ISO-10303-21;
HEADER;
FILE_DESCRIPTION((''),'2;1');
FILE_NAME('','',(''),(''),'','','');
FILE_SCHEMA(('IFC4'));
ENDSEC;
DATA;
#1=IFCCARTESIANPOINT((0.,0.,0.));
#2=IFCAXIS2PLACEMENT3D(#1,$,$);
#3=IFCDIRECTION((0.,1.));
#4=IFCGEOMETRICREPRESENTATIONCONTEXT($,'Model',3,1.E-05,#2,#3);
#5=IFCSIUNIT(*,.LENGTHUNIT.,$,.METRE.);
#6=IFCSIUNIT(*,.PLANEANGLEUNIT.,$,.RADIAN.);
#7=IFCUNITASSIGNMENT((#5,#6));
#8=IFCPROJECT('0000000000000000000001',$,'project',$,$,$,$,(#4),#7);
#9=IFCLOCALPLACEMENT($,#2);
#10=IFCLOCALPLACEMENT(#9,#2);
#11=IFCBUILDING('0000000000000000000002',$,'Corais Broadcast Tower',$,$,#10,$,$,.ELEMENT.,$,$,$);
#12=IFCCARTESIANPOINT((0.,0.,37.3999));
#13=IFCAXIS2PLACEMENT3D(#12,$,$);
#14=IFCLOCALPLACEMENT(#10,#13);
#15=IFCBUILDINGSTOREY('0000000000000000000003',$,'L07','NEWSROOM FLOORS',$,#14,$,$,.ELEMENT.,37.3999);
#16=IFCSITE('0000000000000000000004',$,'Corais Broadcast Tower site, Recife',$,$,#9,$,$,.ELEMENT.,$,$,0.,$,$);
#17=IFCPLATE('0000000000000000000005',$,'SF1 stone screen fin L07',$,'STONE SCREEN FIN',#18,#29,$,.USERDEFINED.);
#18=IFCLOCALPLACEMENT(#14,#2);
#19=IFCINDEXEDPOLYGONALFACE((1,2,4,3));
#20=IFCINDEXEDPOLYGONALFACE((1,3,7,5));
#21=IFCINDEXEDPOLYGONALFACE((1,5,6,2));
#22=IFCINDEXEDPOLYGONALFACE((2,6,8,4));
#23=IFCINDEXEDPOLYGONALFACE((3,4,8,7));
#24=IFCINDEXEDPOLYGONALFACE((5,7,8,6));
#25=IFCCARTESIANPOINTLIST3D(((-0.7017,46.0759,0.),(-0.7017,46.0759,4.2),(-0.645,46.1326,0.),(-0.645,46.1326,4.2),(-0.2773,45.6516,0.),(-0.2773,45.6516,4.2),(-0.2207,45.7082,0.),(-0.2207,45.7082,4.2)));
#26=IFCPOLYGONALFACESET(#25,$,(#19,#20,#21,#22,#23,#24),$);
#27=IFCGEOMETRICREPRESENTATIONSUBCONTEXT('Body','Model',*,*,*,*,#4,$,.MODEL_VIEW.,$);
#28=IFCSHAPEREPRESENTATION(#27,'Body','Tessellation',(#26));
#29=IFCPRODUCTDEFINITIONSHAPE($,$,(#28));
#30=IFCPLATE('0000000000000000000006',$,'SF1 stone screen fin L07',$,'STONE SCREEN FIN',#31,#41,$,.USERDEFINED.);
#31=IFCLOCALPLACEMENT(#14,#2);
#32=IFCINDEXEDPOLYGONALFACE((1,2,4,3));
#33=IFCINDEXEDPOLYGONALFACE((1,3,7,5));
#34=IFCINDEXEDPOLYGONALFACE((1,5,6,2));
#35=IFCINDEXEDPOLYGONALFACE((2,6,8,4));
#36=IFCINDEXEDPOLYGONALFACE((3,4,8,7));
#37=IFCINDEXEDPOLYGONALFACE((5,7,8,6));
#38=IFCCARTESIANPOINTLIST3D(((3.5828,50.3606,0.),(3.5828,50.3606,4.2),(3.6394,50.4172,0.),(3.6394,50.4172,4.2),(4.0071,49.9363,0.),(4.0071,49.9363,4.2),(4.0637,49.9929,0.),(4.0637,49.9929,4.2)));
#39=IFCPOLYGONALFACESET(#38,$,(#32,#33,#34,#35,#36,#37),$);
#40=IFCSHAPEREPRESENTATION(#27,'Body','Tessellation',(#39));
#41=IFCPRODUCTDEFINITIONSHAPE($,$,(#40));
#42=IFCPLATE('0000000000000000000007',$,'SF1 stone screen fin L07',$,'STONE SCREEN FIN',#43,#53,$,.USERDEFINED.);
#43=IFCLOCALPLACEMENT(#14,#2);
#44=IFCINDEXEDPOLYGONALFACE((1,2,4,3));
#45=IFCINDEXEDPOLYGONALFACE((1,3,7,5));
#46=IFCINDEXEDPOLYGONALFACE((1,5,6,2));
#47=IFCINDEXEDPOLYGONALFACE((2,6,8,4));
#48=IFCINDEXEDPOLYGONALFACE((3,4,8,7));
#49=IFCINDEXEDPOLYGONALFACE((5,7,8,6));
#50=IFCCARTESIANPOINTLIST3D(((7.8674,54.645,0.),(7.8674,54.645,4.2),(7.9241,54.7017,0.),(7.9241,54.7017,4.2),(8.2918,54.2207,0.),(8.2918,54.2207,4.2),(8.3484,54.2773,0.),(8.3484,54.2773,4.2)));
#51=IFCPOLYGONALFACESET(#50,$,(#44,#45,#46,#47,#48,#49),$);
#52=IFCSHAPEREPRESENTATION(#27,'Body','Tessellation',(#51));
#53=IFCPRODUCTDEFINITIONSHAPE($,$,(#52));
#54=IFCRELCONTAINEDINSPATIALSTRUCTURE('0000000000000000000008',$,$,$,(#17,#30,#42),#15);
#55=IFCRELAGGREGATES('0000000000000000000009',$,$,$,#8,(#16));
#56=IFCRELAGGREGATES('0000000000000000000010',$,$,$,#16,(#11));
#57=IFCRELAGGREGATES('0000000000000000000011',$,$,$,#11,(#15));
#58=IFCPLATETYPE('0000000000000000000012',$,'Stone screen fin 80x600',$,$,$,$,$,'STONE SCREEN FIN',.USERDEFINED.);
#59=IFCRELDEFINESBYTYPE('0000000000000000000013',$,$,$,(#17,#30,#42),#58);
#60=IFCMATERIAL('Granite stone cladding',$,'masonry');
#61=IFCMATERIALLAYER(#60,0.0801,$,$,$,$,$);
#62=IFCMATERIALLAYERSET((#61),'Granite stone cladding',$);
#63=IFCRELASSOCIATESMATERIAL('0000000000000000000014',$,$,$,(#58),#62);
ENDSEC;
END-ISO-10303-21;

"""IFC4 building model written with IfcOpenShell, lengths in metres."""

from ifc_helpers import new_model, si_unit, direction, frame, origin, origin_2d, place, context, subcontext, project, spatial, rectangle, extrude, material, layer, layer_set, type_object, element, save


model = new_model("IFC4")

# Units and contexts
model_context = context("Model", 3, precision=1e-05, world=origin(), true_north=direction((0.0, 1.0)))
body_context = subcontext(model_context, "Body", "Model", "MODEL_VIEW")
ifc_project = project(units=[si_unit("LENGTHUNIT", "METRE"), si_unit("PLANEANGLEUNIT", "RADIAN")], contexts=[model_context])

# Site, building, storey
site_placement = place(None, origin())
site = spatial("IfcSite", under=ifc_project, at=site_placement, Name="Corais Broadcast Tower site, Recife", CompositionType="ELEMENT", RefElevation=0.0)
building_placement = place(site_placement, origin())
building = spatial("IfcBuilding", under=site, at=building_placement, Name="Corais Broadcast Tower", CompositionType="ELEMENT")
storey_placement = place(building_placement, frame((0.0, 0.0, 37.3999)))
storey = spatial("IfcBuildingStorey", under=building, at=storey_placement, Name="L07", Description="NEWSROOM FLOORS", CompositionType="ELEMENT", Elevation=37.3999)

# Plates
ifc_material_1 = material(Name="Granite stone cladding", Category="masonry")
ifc_layer_1 = layer(ifc_material_1, 0.0801)
ifc_layer_set_1 = layer_set([ifc_layer_1], Name="Granite stone cladding")
plate_type_1 = type_object("IfcPlateType", Name="Stone screen fin 80x600", ElementType="STONE SCREEN FIN", PredefinedType="USERDEFINED", material=ifc_layer_set_1)
for number, where, z_axis, x_axis, name in (
    (1, (-0.4612, 45.8921, 0.0), (0.0, 0.0, 1.0), (0.707107, 0.707107, 0.0), "SF1 stone screen fin L07"),
    (2, (3.8232, 50.1768, 0.0), (0.0, 0.0, 1.0), (0.707107, 0.707107, 0.0), "SF1 stone screen fin L07"),
    (3, (8.1079, 54.4612, 0.0), (0.0, 0.0, 1.0), (0.707107, 0.707107, 0.0), "SF1 stone screen fin L07"),
):
    element("IfcPlate", number, at=place(storey_placement, frame(where, z_axis=z_axis, x_axis=x_axis)), inside=storey, type_object=plate_type_1, Name=name, ObjectType="STONE SCREEN FIN", PredefinedType="USERDEFINED", context=body_context, shape_type="SweptSolid", body=[
        extrude(rectangle(XDim=0.0801, YDim=0.6001, at=origin_2d()), origin(), (0.0, 0.0, 1.0), 4.2),
    ])

save(model, "model.ifc")
